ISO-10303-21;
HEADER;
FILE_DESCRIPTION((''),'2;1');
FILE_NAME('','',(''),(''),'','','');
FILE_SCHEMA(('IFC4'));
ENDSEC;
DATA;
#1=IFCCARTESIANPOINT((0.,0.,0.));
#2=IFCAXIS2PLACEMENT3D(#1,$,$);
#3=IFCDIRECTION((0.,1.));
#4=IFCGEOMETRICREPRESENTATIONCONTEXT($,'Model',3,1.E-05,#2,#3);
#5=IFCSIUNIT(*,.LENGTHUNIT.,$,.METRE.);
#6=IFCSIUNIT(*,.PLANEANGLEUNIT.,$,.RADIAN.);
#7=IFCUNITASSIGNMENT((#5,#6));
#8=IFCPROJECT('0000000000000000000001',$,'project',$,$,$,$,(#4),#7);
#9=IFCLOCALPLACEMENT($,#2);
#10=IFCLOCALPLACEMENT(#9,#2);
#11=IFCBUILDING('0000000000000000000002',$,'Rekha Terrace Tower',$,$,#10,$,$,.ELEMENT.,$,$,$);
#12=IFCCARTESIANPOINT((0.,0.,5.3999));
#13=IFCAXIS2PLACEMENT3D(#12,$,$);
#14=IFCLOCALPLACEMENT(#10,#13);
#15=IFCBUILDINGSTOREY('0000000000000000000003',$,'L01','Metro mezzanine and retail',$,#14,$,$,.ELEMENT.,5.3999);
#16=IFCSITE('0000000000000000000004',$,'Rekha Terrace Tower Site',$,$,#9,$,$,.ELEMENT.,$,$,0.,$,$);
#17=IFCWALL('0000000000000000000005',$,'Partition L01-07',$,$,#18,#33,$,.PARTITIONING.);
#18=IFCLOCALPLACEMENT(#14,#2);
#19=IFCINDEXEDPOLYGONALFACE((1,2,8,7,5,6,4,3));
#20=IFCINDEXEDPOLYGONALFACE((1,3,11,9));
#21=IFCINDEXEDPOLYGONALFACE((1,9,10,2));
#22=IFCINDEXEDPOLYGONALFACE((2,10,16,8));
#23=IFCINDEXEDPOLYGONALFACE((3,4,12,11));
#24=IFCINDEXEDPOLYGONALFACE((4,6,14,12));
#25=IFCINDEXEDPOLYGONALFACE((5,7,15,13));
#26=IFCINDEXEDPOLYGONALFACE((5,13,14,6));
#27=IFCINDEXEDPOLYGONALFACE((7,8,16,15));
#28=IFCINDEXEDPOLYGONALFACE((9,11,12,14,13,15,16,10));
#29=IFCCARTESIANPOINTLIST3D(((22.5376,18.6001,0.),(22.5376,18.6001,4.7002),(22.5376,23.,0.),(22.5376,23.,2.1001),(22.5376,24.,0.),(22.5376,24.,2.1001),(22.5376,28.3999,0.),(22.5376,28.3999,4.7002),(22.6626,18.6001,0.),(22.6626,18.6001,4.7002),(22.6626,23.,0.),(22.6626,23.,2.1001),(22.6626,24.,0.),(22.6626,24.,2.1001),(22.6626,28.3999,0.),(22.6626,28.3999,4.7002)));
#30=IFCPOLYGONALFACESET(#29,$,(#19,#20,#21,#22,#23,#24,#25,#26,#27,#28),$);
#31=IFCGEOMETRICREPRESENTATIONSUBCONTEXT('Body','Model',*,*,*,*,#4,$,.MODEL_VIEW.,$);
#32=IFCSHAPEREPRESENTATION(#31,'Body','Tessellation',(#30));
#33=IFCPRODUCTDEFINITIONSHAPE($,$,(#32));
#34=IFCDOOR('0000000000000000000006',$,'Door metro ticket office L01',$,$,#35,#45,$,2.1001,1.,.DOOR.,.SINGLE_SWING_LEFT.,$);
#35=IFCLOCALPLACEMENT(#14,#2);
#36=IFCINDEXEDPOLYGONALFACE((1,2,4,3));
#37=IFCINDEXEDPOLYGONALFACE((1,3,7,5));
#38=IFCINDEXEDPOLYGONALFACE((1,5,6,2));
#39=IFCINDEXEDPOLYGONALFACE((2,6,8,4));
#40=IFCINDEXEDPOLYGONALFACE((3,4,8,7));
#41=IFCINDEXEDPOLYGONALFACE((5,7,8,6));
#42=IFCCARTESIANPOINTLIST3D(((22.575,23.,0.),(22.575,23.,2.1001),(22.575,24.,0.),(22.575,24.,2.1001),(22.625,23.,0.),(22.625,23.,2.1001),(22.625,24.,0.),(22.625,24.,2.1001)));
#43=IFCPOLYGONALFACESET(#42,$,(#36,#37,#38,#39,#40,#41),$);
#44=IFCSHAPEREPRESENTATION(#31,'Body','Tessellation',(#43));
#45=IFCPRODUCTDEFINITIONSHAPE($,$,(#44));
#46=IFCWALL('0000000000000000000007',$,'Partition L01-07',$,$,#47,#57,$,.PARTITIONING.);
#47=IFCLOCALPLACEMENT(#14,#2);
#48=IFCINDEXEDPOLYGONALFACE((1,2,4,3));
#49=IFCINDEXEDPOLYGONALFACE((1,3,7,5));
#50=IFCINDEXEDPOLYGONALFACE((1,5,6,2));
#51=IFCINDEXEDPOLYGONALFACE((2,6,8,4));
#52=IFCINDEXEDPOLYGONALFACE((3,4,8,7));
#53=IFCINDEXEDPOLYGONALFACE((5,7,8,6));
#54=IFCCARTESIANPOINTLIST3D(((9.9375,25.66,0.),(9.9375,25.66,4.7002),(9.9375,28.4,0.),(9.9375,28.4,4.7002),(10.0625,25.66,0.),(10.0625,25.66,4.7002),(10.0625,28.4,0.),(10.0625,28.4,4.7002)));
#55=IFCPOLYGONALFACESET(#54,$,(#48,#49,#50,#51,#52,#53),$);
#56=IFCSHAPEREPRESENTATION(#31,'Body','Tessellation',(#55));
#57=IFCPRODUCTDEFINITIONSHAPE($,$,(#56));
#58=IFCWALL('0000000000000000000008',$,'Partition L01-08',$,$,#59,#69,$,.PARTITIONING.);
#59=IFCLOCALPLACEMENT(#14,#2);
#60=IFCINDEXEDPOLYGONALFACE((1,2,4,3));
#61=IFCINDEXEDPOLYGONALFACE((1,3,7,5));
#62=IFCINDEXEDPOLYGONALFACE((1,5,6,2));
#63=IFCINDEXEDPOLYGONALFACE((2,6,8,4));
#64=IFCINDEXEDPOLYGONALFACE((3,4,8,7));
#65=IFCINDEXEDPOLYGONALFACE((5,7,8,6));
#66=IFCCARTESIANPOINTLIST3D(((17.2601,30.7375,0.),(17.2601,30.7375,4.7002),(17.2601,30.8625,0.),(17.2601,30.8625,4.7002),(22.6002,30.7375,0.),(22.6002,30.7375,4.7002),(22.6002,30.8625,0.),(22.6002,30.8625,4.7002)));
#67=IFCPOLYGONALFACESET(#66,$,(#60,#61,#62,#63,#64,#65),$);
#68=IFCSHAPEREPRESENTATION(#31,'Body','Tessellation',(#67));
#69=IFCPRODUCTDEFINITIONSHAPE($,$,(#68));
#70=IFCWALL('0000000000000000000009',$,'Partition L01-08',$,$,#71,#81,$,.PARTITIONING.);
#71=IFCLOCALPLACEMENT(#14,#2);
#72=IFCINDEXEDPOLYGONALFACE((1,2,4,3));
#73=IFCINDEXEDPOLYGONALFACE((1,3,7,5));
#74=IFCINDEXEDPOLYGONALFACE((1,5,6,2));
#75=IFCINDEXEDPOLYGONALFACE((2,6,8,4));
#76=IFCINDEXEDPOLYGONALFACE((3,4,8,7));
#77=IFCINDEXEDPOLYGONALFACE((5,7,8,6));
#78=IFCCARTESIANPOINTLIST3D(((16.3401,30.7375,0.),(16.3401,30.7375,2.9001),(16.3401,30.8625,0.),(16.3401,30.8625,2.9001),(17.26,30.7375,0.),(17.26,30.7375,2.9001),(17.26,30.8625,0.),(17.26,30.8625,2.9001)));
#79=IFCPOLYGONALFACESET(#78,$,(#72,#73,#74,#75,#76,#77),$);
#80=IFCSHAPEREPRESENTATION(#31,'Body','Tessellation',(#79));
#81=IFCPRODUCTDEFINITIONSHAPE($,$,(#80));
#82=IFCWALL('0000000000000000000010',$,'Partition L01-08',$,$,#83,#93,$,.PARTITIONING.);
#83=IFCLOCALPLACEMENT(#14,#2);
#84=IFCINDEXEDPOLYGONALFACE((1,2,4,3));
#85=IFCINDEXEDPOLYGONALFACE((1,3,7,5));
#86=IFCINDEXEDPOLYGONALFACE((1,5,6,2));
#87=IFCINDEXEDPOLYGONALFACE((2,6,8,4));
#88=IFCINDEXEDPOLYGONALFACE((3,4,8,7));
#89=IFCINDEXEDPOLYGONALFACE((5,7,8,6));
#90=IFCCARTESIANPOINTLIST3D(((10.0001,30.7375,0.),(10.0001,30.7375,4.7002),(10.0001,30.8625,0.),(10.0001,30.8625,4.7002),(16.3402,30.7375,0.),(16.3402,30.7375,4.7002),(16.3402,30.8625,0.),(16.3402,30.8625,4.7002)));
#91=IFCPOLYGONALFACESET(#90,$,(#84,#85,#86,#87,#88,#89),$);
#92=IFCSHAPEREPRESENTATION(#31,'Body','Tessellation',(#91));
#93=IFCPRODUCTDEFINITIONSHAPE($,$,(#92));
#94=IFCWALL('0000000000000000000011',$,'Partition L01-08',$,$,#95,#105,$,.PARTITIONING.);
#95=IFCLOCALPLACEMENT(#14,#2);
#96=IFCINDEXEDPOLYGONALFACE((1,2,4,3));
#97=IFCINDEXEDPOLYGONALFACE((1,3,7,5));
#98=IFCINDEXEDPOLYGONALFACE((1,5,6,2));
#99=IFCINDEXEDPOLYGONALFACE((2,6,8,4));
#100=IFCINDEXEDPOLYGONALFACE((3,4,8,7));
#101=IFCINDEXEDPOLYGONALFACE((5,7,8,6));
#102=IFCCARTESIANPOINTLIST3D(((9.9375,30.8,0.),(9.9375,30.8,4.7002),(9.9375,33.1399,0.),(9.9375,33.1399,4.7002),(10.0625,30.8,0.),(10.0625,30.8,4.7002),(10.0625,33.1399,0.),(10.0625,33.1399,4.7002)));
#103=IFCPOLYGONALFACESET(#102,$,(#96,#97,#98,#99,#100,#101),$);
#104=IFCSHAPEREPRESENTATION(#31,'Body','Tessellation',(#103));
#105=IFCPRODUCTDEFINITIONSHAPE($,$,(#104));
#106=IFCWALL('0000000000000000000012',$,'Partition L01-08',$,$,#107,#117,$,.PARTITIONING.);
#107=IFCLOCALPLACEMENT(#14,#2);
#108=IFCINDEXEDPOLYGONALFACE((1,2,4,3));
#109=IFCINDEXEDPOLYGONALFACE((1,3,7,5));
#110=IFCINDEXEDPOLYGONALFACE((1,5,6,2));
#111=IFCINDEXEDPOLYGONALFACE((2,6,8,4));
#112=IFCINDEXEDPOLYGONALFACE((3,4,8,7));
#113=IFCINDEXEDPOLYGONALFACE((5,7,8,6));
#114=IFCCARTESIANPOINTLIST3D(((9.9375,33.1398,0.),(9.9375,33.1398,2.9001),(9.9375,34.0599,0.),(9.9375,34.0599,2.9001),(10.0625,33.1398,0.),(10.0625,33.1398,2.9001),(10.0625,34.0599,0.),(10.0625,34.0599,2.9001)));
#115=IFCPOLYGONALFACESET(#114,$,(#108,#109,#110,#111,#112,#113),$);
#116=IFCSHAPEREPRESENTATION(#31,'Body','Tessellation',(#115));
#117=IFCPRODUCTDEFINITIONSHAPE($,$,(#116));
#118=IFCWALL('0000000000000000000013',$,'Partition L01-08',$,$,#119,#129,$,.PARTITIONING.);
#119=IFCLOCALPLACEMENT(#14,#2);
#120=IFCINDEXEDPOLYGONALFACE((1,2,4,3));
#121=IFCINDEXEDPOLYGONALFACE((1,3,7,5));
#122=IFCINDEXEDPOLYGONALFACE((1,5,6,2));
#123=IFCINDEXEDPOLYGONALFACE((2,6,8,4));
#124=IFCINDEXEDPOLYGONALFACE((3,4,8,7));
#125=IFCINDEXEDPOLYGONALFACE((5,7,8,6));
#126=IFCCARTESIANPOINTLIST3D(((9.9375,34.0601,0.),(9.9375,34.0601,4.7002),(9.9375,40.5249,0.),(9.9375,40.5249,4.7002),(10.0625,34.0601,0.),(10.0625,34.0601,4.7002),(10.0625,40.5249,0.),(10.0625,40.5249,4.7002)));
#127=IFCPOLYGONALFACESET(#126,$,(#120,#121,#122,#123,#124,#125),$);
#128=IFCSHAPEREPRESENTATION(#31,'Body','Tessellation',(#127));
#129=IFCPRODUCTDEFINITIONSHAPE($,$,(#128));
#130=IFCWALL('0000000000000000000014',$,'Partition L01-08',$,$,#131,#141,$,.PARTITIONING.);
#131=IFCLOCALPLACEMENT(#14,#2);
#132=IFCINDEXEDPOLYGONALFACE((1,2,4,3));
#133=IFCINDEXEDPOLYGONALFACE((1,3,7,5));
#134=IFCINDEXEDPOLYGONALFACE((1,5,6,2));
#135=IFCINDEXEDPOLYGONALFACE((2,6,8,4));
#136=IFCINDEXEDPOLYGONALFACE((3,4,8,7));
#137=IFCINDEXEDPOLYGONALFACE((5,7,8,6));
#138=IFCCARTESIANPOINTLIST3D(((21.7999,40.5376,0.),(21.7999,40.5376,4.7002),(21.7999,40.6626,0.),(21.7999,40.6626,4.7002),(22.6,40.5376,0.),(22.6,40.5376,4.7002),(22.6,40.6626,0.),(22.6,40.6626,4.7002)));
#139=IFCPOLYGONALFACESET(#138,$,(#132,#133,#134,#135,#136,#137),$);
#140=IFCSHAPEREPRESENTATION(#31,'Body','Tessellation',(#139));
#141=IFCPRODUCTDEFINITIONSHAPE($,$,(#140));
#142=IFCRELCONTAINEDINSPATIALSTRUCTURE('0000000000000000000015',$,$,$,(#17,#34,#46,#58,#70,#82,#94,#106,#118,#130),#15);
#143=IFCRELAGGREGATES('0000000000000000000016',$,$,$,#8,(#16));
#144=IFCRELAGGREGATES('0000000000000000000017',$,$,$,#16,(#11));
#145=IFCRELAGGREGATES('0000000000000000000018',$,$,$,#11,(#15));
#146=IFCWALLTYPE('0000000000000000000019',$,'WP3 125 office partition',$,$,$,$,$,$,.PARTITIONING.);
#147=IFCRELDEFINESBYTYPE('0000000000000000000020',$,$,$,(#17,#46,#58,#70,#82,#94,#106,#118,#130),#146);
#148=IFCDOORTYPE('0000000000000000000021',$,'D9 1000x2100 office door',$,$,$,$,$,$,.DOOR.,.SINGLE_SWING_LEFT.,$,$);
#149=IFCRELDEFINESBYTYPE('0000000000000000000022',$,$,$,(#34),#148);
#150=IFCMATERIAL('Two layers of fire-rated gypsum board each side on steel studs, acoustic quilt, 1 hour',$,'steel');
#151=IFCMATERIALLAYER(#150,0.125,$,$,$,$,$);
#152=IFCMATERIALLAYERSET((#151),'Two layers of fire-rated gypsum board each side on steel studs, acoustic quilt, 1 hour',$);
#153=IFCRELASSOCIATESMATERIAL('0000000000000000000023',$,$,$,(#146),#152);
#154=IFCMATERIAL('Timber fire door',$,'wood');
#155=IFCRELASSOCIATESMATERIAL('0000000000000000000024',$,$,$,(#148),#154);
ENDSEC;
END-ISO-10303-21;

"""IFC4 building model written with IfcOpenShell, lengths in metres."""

from ifc_helpers import new_model, si_unit, direction, frame, frame_2d, origin, place, context, subcontext, project, spatial, rectangle, extrude, material, layer, layer_set, type_object, element, fill, save


model = new_model("IFC4")

# Units and contexts
model_context = context("Model", 3, precision=1e-05, world=origin(), true_north=direction((0.0, 1.0)))
body_context = subcontext(model_context, "Body", "Model", "MODEL_VIEW")
ifc_project = project(units=[si_unit("LENGTHUNIT", "METRE"), si_unit("PLANEANGLEUNIT", "RADIAN")], contexts=[model_context])

# Site, building, storey
site_placement = place(None, origin())
site = spatial("IfcSite", under=ifc_project, at=site_placement, Name="Rekha Terrace Tower Site", CompositionType="ELEMENT", RefElevation=0.0)
building_placement = place(site_placement, origin())
building = spatial("IfcBuilding", under=site, at=building_placement, Name="Rekha Terrace Tower", CompositionType="ELEMENT")
storey_placement = place(building_placement, frame((0.0, 0.0, 5.3999)))
storey = spatial("IfcBuildingStorey", under=building, at=storey_placement, Name="L01", Description="Metro mezzanine and retail", CompositionType="ELEMENT", Elevation=5.3999)

# Shared definitions
ifc_material_1 = material(Name="Two layers of fire-rated gypsum board each side on steel studs, acoustic quilt, 1 hour", Category="steel")
ifc_layer_1 = layer(ifc_material_1, 0.125)
ifc_layer_set_1 = layer_set([ifc_layer_1], Name="Two layers of fire-rated gypsum board each side on steel studs, acoustic quilt, 1 hour")
wall_type_1 = type_object("IfcWallType", Name="WP3 125 office partition", PredefinedType="PARTITIONING", material=ifc_layer_set_1)

# Wall, opening, door
wall_1_placement = place(storey_placement, frame((22.6001, 28.3999, 0.0), z_axis=(0.0, 0.0, 1.0), x_axis=(0.0, -1.0, 0.0)))
wall_1 = element("IfcWall", 1, at=wall_1_placement, inside=storey, type_object=wall_type_1, Name="Partition L01-07", PredefinedType="PARTITIONING", context=body_context, shape_type="SweptSolid", body=[
    extrude(rectangle(XDim=9.7998, YDim=0.125, at=frame_2d((4.8999, 0.0))), origin(), (0.0, 0.0, 1.0), 4.7002),
])
opening_placement = place(wall_1_placement, frame((4.3999, 0.0, 0.0)))
opening = element("IfcOpeningElement", 2, at=opening_placement, cuts=wall_1, PredefinedType="OPENING", context=body_context, shape_type="SweptSolid", body=[
    extrude(rectangle(XDim=1.0, YDim=2.1001, at=frame_2d((0.5, 1.05))), frame((0.0, 0.0725, 0.0), z_axis=(0.0, -1.0, 0.0), x_axis=(1.0, 0.0, 0.0)), (0.0, 0.0, 1.0), 0.145),
])
ifc_material_2 = material(Name="Timber fire door", Category="wood")
door_type = type_object("IfcDoorType", Name="D9 1000x2100 office door", OperationType="SINGLE_SWING_LEFT", PredefinedType="DOOR", material=ifc_material_2)
door_placement = place(opening_placement, origin())
door = element("IfcDoor", 3, at=door_placement, inside=storey, type_object=door_type, Name="Door metro ticket office L01", OperationType="SINGLE_SWING_LEFT", OverallHeight=2.1001, OverallWidth=1.0, PredefinedType="DOOR", context=body_context, shape_type="SweptSolid", body=[
    extrude(rectangle(XDim=1.0, YDim=2.1001, at=frame_2d((0.5, 1.05))), frame((0.0, 0.0249, 0.0), z_axis=(0.0, -1.0, 0.0), x_axis=(1.0, 0.0, 0.0)), (0.0, 0.0, 1.0), 0.05),
])
fill(opening, door)

# Walls
wall_2_placement = place(storey_placement, frame((10.0, 25.6599, 0.0), z_axis=(0.0, 0.0, 1.0), x_axis=(0.0, 1.0, 0.0)))
element("IfcWall", 4, at=wall_2_placement, inside=storey, type_object=wall_type_1, Name="Partition L01-07", PredefinedType="PARTITIONING", context=body_context, shape_type="SweptSolid", body=[
    extrude(rectangle(XDim=2.74, YDim=0.125, at=frame_2d((1.3701, 0.0))), origin(), (0.0, 0.0, 1.0), 4.7002),
])
wall_3_placement = place(storey_placement, frame((22.6001, 30.8, 0.0), z_axis=(0.0, 0.0, 1.0), x_axis=(-1.0, 0.0, 0.0)))
element("IfcWall", 5, at=wall_3_placement, inside=storey, type_object=wall_type_1, Name="Partition L01-08", PredefinedType="PARTITIONING", context=body_context, shape_type="SweptSolid", body=[
    extrude(rectangle(XDim=5.3401, YDim=0.125, at=frame_2d((2.6699, 0.0))), origin(), (0.0, 0.0, 1.0), 4.7002),
])
wall_4_placement = place(storey_placement, frame((17.26, 30.8, 0.0), z_axis=(0.0, 0.0, 1.0), x_axis=(-1.0, 0.0, 0.0)))
element("IfcWall", 6, at=wall_4_placement, inside=storey, type_object=wall_type_1, Name="Partition L01-08", PredefinedType="PARTITIONING", context=body_context, shape_type="SweptSolid", body=[
    extrude(rectangle(XDim=0.9199, YDim=0.125, at=frame_2d((0.46, 0.0))), origin(), (0.0, 0.0, 1.0), 2.9001),
])
wall_5_placement = place(storey_placement, frame((16.3401, 30.8, 0.0), z_axis=(0.0, 0.0, 1.0), x_axis=(-1.0, 0.0, 0.0)))
element("IfcWall", 7, at=wall_5_placement, inside=storey, type_object=wall_type_1, Name="Partition L01-08", PredefinedType="PARTITIONING", context=body_context, shape_type="SweptSolid", body=[
    extrude(rectangle(XDim=6.3401, YDim=0.125, at=frame_2d((3.1699, 0.0))), origin(), (0.0, 0.0, 1.0), 4.7002),
])
wall_6_placement = place(storey_placement, frame((10.0, 30.8, 0.0), z_axis=(0.0, 0.0, 1.0), x_axis=(0.0, 1.0, 0.0)))
element("IfcWall", 8, at=wall_6_placement, inside=storey, type_object=wall_type_1, Name="Partition L01-08", PredefinedType="PARTITIONING", context=body_context, shape_type="SweptSolid", body=[
    extrude(rectangle(XDim=2.3398, YDim=0.125, at=frame_2d((1.1699, 0.0))), origin(), (0.0, 0.0, 1.0), 4.7002),
])
wall_7_placement = place(storey_placement, frame((10.0, 33.1399, 0.0), z_axis=(0.0, 0.0, 1.0), x_axis=(0.0, 1.0, 0.0)))
element("IfcWall", 9, at=wall_7_placement, inside=storey, type_object=wall_type_1, Name="Partition L01-08", PredefinedType="PARTITIONING", context=body_context, shape_type="SweptSolid", body=[
    extrude(rectangle(XDim=0.9202, YDim=0.125, at=frame_2d((0.46, 0.0))), origin(), (0.0, 0.0, 1.0), 2.9001),
])
wall_8_placement = place(storey_placement, frame((10.0, 34.0601, 0.0), z_axis=(0.0, 0.0, 1.0), x_axis=(0.0, 1.0, 0.0)))
element("IfcWall", 10, at=wall_8_placement, inside=storey, type_object=wall_type_1, Name="Partition L01-08", PredefinedType="PARTITIONING", context=body_context, shape_type="SweptSolid", body=[
    extrude(rectangle(XDim=6.4648, YDim=0.125, at=frame_2d((3.2324, 0.0))), origin(), (0.0, 0.0, 1.0), 4.7002),
])
wall_9_placement = place(storey_placement, frame((21.8, 40.6001, 0.0), z_axis=(0.0, 0.0, 1.0), x_axis=(1.0, 0.0, 0.0)))
element("IfcWall", 11, at=wall_9_placement, inside=storey, type_object=wall_type_1, Name="Partition L01-08", PredefinedType="PARTITIONING", context=body_context, shape_type="SweptSolid", body=[
    extrude(rectangle(XDim=0.8, YDim=0.125, at=frame_2d((0.3999, 0.0))), origin(), (0.0, 0.0, 1.0), 4.7002),
])

save(model, "model.ifc")
